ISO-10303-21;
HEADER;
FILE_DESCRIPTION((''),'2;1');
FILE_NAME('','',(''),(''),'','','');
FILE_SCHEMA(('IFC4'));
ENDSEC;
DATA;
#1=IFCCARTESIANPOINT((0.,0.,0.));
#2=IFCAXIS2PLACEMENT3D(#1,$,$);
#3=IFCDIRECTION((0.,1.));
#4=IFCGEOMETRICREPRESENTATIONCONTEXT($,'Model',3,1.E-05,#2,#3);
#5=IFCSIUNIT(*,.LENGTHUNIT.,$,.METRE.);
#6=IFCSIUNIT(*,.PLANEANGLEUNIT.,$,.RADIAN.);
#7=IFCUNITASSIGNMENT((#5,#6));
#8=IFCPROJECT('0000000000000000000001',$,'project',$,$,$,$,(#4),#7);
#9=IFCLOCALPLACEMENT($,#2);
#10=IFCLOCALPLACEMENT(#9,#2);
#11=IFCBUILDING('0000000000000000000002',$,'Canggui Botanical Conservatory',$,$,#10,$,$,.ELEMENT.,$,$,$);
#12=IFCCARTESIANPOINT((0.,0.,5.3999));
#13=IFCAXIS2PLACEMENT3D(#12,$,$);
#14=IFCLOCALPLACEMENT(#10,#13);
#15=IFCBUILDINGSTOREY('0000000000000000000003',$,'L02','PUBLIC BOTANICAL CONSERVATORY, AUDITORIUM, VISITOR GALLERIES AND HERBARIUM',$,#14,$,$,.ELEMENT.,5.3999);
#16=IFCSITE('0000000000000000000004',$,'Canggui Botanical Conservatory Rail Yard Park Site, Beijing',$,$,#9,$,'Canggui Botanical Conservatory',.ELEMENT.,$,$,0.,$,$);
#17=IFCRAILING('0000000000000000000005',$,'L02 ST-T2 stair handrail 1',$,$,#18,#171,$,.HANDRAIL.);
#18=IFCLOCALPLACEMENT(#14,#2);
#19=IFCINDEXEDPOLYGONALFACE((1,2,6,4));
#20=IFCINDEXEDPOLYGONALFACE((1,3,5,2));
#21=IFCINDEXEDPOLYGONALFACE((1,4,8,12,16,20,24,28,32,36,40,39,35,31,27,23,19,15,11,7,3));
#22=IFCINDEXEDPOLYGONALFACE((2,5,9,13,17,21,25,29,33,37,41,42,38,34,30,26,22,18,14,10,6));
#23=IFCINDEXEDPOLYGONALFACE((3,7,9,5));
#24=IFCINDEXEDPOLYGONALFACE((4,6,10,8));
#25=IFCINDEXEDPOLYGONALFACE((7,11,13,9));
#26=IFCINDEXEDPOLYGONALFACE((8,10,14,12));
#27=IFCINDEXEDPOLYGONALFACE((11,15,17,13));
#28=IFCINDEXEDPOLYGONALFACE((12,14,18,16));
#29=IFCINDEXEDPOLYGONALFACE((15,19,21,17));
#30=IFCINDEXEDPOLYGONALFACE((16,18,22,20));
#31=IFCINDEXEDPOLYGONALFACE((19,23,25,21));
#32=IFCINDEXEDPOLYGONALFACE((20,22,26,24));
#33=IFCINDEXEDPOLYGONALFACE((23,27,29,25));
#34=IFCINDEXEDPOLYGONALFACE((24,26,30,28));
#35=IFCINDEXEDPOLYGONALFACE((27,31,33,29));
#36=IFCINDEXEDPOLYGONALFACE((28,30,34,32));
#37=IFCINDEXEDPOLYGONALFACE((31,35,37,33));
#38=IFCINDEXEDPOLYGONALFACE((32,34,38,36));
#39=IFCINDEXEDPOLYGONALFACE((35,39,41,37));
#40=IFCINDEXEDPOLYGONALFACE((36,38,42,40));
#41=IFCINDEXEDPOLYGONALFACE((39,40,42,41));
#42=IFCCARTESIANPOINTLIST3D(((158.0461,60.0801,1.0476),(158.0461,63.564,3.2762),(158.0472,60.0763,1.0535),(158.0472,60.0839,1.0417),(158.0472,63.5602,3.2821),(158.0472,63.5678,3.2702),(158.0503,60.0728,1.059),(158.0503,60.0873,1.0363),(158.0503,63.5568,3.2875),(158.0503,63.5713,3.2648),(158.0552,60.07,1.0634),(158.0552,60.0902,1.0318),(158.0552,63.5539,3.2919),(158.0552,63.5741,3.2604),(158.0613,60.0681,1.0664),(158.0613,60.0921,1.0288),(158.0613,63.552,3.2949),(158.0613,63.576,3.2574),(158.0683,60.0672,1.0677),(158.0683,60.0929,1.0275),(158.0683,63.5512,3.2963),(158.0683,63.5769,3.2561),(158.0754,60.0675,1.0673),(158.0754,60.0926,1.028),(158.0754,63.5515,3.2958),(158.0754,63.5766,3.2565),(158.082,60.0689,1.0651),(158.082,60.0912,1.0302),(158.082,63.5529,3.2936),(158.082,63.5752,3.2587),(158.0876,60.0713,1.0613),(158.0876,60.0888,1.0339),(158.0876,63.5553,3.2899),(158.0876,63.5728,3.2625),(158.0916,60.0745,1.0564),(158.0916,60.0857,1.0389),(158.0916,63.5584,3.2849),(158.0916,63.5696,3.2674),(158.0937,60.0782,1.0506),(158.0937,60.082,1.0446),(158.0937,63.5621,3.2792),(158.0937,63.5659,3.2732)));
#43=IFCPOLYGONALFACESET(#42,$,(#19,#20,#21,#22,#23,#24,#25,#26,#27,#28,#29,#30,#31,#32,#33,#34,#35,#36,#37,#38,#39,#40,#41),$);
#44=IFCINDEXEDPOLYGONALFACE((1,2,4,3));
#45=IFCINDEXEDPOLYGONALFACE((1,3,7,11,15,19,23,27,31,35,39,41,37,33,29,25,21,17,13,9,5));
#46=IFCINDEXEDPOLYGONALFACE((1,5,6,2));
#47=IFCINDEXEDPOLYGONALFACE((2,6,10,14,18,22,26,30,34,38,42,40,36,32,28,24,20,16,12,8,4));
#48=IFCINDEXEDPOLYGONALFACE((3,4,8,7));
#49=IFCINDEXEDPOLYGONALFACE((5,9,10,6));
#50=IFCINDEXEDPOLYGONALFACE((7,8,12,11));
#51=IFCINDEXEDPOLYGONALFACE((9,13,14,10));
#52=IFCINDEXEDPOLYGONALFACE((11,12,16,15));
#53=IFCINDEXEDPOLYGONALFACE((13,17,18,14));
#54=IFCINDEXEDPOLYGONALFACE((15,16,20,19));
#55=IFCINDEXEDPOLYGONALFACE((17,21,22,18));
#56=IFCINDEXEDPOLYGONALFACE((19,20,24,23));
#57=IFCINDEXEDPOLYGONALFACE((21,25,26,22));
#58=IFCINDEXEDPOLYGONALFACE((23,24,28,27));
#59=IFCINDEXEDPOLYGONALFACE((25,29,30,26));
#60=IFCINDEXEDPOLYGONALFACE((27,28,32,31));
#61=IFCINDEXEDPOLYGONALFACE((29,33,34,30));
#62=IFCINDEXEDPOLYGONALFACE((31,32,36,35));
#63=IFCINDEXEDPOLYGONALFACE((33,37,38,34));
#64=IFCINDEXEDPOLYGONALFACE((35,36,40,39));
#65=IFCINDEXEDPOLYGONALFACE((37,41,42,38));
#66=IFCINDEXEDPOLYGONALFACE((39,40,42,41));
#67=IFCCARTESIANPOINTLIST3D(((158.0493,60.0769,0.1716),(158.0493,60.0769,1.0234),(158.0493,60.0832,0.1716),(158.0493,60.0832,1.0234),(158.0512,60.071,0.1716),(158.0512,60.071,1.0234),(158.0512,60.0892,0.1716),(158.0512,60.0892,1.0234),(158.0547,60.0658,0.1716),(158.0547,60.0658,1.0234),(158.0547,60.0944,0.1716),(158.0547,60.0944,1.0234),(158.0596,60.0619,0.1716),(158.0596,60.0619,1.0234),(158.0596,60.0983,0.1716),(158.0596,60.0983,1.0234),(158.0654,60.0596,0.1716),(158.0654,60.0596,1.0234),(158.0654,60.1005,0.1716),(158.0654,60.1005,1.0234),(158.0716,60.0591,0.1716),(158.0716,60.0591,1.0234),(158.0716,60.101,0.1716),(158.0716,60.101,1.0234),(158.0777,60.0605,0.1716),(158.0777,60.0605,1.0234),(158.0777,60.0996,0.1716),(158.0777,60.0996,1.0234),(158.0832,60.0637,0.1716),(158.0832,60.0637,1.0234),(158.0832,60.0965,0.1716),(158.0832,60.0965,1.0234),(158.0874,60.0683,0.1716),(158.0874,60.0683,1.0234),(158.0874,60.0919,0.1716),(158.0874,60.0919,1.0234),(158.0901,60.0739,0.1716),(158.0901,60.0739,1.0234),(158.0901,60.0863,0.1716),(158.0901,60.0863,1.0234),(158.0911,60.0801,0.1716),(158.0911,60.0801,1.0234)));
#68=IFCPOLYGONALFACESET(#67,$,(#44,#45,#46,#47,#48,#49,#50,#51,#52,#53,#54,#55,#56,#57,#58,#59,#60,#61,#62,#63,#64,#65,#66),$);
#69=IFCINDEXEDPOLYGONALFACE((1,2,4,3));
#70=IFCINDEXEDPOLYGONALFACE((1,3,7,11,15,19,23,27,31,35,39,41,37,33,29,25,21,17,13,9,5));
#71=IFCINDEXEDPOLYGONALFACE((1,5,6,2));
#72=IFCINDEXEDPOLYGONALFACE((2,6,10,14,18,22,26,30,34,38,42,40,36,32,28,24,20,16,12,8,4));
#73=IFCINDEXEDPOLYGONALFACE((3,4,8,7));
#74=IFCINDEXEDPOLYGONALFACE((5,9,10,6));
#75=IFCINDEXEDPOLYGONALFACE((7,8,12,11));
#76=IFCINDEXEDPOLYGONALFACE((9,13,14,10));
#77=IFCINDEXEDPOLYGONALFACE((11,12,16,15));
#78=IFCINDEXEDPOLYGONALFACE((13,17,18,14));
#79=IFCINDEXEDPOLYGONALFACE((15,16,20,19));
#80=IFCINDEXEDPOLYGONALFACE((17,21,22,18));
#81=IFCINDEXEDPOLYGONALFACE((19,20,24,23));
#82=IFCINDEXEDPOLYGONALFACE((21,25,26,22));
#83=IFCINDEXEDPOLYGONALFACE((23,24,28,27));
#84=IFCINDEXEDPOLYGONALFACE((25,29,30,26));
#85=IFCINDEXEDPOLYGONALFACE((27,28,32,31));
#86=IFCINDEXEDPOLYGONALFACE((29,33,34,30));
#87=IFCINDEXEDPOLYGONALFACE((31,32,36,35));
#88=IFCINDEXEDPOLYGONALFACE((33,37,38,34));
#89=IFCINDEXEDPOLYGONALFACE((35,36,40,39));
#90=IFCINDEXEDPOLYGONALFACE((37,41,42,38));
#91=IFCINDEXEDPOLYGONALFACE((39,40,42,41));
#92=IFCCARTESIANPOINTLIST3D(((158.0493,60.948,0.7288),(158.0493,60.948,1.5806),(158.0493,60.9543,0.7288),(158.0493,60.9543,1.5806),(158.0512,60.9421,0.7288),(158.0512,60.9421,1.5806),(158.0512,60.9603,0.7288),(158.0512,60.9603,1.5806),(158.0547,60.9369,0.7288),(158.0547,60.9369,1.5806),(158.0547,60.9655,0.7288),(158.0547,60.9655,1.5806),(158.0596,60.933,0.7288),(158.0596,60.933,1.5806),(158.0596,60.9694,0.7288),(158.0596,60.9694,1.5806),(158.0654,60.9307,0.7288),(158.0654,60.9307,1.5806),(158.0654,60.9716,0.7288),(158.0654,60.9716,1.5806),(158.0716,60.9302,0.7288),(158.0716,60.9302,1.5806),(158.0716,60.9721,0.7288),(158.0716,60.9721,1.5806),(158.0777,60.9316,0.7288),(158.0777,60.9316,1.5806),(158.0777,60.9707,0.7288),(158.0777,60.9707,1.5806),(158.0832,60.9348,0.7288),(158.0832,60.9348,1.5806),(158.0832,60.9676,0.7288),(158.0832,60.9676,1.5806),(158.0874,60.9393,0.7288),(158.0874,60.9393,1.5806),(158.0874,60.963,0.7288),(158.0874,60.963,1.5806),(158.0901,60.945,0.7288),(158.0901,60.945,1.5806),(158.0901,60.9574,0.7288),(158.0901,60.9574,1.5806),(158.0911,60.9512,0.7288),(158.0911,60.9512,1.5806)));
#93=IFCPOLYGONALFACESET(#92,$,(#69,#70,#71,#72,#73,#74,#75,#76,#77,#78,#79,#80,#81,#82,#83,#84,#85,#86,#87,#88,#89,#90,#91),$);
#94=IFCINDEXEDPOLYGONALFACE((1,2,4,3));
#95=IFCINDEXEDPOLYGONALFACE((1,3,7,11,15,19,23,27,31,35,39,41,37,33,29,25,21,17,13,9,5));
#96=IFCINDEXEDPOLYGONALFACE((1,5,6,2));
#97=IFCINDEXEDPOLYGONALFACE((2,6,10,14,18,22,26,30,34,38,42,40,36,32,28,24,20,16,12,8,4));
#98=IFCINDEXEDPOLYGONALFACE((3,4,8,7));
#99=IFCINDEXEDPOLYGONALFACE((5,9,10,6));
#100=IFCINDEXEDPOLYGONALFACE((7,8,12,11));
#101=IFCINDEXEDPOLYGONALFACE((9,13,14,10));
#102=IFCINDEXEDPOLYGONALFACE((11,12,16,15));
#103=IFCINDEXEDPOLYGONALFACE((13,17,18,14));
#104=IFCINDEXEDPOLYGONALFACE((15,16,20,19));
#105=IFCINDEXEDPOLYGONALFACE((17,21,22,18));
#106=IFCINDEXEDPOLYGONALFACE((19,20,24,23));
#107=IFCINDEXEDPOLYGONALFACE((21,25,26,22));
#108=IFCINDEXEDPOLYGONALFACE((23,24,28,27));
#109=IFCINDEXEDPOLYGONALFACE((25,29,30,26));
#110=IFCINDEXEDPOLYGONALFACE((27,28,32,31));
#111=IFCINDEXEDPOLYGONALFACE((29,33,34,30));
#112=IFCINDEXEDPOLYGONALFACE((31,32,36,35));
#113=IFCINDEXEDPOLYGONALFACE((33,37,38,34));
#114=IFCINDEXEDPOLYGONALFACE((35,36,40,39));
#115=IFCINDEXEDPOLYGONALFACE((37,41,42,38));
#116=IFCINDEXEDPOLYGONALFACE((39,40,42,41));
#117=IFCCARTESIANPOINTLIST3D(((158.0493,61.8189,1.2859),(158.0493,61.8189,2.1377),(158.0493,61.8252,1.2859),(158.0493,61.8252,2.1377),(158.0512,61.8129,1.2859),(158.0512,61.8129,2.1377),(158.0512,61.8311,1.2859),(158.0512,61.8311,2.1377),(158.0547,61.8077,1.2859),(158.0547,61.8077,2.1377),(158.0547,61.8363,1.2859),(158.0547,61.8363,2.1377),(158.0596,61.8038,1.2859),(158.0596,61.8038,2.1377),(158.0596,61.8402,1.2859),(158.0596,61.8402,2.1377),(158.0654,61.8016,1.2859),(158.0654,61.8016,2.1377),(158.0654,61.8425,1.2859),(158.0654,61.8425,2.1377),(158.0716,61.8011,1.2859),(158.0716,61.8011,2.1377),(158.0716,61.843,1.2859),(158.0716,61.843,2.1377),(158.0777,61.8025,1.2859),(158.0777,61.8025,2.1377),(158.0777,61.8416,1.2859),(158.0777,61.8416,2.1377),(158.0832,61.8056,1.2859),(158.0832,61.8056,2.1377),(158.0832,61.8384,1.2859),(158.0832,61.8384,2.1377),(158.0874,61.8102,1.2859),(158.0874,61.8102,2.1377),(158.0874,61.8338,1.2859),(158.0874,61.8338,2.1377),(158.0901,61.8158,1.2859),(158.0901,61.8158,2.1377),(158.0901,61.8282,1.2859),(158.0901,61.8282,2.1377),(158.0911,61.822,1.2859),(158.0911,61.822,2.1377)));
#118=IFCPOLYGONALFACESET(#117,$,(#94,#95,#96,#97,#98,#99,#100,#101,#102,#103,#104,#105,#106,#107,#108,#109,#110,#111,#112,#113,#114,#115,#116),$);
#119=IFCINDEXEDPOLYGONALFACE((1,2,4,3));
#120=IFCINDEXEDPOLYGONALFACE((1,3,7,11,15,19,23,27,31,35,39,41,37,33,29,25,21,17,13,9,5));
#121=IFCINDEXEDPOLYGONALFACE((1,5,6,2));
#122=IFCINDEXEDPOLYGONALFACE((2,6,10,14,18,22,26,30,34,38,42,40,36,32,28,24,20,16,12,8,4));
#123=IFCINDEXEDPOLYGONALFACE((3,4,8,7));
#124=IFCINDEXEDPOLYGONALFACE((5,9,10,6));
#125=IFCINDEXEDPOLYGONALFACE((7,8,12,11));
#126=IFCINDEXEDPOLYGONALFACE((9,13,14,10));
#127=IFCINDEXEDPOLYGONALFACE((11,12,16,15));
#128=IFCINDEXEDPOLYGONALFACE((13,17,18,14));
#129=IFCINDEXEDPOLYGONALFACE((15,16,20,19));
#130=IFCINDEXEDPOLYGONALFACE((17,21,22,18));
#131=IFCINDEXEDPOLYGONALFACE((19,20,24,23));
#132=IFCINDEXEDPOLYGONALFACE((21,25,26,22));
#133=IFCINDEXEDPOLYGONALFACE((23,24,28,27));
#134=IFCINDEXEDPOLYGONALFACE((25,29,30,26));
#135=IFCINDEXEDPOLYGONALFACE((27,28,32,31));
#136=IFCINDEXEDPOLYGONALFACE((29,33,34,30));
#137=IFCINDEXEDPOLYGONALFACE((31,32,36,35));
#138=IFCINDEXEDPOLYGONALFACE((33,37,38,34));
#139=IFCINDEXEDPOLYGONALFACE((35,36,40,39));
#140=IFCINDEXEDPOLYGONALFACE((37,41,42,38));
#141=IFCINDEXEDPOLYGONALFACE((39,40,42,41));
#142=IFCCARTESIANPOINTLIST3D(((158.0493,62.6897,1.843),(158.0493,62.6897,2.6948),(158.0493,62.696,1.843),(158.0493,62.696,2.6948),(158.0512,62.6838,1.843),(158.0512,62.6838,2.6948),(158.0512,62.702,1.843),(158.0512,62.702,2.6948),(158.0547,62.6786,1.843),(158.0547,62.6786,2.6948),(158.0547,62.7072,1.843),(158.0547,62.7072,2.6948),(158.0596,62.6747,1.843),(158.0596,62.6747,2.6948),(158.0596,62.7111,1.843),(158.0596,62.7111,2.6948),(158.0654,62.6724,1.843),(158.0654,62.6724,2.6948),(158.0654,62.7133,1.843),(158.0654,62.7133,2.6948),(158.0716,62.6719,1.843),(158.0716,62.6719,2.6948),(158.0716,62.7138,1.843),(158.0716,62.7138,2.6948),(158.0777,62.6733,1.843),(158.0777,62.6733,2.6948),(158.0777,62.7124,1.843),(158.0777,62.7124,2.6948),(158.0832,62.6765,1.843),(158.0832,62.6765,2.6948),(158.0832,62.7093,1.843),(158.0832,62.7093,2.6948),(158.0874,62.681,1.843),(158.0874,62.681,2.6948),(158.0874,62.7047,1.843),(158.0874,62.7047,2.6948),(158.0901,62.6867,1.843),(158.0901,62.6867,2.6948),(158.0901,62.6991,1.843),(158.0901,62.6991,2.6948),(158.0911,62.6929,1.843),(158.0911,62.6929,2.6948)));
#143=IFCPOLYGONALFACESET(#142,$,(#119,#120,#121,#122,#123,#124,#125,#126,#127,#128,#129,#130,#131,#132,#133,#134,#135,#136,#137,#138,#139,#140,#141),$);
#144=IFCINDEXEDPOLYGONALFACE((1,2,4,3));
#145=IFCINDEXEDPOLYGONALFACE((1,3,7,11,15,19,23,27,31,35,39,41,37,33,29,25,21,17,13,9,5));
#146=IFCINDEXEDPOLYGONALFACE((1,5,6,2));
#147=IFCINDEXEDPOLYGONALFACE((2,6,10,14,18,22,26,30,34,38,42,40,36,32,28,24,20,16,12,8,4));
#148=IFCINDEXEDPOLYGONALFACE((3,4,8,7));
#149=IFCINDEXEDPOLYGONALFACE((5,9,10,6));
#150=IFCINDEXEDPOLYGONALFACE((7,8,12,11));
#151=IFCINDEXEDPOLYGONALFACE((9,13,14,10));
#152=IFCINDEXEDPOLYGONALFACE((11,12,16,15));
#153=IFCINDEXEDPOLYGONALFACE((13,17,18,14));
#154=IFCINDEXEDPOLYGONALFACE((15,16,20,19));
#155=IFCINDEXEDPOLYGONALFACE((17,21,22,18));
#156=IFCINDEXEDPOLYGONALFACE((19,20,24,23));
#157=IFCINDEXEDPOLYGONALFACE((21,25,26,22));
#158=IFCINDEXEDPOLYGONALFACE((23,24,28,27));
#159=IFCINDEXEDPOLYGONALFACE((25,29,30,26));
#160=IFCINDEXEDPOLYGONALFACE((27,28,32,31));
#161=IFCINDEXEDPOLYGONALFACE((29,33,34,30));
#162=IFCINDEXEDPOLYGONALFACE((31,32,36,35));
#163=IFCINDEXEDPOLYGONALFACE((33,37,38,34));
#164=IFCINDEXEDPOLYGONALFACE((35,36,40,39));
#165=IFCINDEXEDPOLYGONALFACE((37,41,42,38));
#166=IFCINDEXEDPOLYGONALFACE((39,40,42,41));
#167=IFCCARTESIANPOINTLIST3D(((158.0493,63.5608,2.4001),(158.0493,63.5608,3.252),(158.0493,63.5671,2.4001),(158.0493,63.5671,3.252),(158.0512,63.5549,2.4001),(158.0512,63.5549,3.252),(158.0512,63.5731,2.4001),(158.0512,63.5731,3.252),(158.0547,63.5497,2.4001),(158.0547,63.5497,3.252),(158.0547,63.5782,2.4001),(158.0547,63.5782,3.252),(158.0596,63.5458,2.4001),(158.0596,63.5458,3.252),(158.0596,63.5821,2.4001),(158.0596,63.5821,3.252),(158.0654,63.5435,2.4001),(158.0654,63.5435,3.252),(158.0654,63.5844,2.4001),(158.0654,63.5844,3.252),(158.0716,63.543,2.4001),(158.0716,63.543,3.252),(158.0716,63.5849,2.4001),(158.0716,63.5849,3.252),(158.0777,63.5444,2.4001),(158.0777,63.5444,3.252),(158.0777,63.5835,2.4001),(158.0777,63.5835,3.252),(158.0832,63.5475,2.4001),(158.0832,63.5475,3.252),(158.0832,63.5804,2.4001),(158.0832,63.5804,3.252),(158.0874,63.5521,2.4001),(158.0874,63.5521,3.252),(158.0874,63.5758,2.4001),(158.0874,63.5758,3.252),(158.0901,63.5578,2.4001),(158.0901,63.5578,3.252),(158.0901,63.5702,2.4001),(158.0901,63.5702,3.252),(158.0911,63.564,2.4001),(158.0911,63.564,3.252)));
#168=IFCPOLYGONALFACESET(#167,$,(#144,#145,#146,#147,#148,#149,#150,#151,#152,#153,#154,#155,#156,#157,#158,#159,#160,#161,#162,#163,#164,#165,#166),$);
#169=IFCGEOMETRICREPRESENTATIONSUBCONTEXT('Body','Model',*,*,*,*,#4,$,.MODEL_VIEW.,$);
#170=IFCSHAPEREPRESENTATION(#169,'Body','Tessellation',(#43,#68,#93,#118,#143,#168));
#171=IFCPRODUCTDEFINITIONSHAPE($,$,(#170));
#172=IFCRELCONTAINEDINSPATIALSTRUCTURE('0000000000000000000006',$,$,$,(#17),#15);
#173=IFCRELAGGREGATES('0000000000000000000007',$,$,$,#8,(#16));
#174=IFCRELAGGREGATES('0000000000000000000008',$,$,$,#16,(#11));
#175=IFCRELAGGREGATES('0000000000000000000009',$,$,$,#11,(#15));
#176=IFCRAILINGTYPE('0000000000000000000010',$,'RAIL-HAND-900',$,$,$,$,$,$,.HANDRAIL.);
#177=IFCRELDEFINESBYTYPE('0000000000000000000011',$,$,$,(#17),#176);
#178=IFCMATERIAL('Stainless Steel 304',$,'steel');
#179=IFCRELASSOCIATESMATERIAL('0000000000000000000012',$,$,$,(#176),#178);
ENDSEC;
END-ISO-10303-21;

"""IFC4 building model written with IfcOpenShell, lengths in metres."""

from ifc_helpers import new_model, si_unit, direction, frame, origin, origin_2d, place, context, subcontext, project, spatial, circle, extrude, material, type_object, element, save


model = new_model("IFC4")

# Units and contexts
model_context = context("Model", 3, precision=1e-05, world=origin(), true_north=direction((0.0, 1.0)))
body_context = subcontext(model_context, "Body", "Model", "MODEL_VIEW")
ifc_project = project(units=[si_unit("LENGTHUNIT", "METRE"), si_unit("PLANEANGLEUNIT", "RADIAN")], contexts=[model_context])

# Site, building, storey
site_placement = place(None, origin())
site = spatial("IfcSite", under=ifc_project, at=site_placement, Name="Canggui Botanical Conservatory Rail Yard Park Site, Beijing", LongName="Canggui Botanical Conservatory", CompositionType="ELEMENT", RefElevation=0.0)
building_placement = place(site_placement, origin())
building = spatial("IfcBuilding", under=site, at=building_placement, Name="Canggui Botanical Conservatory", CompositionType="ELEMENT")
storey_placement = place(building_placement, frame((0.0, 0.0, 5.3999)))
storey = spatial("IfcBuildingStorey", under=building, at=storey_placement, Name="L02", Description="PUBLIC BOTANICAL CONSERVATORY, AUDITORIUM, VISITOR GALLERIES AND HERBARIUM", CompositionType="ELEMENT", Elevation=5.3999)

# Shared definitions
ifc_material_1 = material(Name="Stainless Steel 304", Category="steel")

# Railing
railing_type = type_object("IfcRailingType", Name="RAIL-HAND-900", PredefinedType="HANDRAIL", material=ifc_material_1)
railing_placement = place(storey_placement, frame((158.0701, 60.0801, 0.1716)))
element("IfcRailing", 1, at=railing_placement, inside=storey, type_object=railing_type, Name="L02 ST-T2 stair handrail 1", PredefinedType="HANDRAIL", context=body_context, shape_type="SweptSolid", body=[
    extrude(circle(Radius=0.0239, at=origin_2d()), frame((0.0, 0.0, 0.876), z_axis=(0.0, 0.8424, 0.538853), x_axis=(-1.0, 0.0, 0.0)), (0.0, 0.0, 1.0), 4.1357),
    extrude(circle(Radius=0.021, at=origin_2d()), origin(), (0.0, 0.0, 1.0), 0.8518),
    extrude(circle(Radius=0.021, at=origin_2d()), frame((0.0, 0.8711, 0.5571)), (0.0, 0.0, 1.0), 0.8518),
    extrude(circle(Radius=0.021, at=origin_2d()), frame((0.0, 1.7419, 1.1143)), (0.0, 0.0, 1.0), 0.8518),
    extrude(circle(Radius=0.021, at=origin_2d()), frame((0.0, 2.6128, 1.6714)), (0.0, 0.0, 1.0), 0.8518),
    extrude(circle(Radius=0.021, at=origin_2d()), frame((0.0, 3.4839, 2.2285)), (0.0, 0.0, 1.0), 0.8518),
])

save(model, "model.ifc")
